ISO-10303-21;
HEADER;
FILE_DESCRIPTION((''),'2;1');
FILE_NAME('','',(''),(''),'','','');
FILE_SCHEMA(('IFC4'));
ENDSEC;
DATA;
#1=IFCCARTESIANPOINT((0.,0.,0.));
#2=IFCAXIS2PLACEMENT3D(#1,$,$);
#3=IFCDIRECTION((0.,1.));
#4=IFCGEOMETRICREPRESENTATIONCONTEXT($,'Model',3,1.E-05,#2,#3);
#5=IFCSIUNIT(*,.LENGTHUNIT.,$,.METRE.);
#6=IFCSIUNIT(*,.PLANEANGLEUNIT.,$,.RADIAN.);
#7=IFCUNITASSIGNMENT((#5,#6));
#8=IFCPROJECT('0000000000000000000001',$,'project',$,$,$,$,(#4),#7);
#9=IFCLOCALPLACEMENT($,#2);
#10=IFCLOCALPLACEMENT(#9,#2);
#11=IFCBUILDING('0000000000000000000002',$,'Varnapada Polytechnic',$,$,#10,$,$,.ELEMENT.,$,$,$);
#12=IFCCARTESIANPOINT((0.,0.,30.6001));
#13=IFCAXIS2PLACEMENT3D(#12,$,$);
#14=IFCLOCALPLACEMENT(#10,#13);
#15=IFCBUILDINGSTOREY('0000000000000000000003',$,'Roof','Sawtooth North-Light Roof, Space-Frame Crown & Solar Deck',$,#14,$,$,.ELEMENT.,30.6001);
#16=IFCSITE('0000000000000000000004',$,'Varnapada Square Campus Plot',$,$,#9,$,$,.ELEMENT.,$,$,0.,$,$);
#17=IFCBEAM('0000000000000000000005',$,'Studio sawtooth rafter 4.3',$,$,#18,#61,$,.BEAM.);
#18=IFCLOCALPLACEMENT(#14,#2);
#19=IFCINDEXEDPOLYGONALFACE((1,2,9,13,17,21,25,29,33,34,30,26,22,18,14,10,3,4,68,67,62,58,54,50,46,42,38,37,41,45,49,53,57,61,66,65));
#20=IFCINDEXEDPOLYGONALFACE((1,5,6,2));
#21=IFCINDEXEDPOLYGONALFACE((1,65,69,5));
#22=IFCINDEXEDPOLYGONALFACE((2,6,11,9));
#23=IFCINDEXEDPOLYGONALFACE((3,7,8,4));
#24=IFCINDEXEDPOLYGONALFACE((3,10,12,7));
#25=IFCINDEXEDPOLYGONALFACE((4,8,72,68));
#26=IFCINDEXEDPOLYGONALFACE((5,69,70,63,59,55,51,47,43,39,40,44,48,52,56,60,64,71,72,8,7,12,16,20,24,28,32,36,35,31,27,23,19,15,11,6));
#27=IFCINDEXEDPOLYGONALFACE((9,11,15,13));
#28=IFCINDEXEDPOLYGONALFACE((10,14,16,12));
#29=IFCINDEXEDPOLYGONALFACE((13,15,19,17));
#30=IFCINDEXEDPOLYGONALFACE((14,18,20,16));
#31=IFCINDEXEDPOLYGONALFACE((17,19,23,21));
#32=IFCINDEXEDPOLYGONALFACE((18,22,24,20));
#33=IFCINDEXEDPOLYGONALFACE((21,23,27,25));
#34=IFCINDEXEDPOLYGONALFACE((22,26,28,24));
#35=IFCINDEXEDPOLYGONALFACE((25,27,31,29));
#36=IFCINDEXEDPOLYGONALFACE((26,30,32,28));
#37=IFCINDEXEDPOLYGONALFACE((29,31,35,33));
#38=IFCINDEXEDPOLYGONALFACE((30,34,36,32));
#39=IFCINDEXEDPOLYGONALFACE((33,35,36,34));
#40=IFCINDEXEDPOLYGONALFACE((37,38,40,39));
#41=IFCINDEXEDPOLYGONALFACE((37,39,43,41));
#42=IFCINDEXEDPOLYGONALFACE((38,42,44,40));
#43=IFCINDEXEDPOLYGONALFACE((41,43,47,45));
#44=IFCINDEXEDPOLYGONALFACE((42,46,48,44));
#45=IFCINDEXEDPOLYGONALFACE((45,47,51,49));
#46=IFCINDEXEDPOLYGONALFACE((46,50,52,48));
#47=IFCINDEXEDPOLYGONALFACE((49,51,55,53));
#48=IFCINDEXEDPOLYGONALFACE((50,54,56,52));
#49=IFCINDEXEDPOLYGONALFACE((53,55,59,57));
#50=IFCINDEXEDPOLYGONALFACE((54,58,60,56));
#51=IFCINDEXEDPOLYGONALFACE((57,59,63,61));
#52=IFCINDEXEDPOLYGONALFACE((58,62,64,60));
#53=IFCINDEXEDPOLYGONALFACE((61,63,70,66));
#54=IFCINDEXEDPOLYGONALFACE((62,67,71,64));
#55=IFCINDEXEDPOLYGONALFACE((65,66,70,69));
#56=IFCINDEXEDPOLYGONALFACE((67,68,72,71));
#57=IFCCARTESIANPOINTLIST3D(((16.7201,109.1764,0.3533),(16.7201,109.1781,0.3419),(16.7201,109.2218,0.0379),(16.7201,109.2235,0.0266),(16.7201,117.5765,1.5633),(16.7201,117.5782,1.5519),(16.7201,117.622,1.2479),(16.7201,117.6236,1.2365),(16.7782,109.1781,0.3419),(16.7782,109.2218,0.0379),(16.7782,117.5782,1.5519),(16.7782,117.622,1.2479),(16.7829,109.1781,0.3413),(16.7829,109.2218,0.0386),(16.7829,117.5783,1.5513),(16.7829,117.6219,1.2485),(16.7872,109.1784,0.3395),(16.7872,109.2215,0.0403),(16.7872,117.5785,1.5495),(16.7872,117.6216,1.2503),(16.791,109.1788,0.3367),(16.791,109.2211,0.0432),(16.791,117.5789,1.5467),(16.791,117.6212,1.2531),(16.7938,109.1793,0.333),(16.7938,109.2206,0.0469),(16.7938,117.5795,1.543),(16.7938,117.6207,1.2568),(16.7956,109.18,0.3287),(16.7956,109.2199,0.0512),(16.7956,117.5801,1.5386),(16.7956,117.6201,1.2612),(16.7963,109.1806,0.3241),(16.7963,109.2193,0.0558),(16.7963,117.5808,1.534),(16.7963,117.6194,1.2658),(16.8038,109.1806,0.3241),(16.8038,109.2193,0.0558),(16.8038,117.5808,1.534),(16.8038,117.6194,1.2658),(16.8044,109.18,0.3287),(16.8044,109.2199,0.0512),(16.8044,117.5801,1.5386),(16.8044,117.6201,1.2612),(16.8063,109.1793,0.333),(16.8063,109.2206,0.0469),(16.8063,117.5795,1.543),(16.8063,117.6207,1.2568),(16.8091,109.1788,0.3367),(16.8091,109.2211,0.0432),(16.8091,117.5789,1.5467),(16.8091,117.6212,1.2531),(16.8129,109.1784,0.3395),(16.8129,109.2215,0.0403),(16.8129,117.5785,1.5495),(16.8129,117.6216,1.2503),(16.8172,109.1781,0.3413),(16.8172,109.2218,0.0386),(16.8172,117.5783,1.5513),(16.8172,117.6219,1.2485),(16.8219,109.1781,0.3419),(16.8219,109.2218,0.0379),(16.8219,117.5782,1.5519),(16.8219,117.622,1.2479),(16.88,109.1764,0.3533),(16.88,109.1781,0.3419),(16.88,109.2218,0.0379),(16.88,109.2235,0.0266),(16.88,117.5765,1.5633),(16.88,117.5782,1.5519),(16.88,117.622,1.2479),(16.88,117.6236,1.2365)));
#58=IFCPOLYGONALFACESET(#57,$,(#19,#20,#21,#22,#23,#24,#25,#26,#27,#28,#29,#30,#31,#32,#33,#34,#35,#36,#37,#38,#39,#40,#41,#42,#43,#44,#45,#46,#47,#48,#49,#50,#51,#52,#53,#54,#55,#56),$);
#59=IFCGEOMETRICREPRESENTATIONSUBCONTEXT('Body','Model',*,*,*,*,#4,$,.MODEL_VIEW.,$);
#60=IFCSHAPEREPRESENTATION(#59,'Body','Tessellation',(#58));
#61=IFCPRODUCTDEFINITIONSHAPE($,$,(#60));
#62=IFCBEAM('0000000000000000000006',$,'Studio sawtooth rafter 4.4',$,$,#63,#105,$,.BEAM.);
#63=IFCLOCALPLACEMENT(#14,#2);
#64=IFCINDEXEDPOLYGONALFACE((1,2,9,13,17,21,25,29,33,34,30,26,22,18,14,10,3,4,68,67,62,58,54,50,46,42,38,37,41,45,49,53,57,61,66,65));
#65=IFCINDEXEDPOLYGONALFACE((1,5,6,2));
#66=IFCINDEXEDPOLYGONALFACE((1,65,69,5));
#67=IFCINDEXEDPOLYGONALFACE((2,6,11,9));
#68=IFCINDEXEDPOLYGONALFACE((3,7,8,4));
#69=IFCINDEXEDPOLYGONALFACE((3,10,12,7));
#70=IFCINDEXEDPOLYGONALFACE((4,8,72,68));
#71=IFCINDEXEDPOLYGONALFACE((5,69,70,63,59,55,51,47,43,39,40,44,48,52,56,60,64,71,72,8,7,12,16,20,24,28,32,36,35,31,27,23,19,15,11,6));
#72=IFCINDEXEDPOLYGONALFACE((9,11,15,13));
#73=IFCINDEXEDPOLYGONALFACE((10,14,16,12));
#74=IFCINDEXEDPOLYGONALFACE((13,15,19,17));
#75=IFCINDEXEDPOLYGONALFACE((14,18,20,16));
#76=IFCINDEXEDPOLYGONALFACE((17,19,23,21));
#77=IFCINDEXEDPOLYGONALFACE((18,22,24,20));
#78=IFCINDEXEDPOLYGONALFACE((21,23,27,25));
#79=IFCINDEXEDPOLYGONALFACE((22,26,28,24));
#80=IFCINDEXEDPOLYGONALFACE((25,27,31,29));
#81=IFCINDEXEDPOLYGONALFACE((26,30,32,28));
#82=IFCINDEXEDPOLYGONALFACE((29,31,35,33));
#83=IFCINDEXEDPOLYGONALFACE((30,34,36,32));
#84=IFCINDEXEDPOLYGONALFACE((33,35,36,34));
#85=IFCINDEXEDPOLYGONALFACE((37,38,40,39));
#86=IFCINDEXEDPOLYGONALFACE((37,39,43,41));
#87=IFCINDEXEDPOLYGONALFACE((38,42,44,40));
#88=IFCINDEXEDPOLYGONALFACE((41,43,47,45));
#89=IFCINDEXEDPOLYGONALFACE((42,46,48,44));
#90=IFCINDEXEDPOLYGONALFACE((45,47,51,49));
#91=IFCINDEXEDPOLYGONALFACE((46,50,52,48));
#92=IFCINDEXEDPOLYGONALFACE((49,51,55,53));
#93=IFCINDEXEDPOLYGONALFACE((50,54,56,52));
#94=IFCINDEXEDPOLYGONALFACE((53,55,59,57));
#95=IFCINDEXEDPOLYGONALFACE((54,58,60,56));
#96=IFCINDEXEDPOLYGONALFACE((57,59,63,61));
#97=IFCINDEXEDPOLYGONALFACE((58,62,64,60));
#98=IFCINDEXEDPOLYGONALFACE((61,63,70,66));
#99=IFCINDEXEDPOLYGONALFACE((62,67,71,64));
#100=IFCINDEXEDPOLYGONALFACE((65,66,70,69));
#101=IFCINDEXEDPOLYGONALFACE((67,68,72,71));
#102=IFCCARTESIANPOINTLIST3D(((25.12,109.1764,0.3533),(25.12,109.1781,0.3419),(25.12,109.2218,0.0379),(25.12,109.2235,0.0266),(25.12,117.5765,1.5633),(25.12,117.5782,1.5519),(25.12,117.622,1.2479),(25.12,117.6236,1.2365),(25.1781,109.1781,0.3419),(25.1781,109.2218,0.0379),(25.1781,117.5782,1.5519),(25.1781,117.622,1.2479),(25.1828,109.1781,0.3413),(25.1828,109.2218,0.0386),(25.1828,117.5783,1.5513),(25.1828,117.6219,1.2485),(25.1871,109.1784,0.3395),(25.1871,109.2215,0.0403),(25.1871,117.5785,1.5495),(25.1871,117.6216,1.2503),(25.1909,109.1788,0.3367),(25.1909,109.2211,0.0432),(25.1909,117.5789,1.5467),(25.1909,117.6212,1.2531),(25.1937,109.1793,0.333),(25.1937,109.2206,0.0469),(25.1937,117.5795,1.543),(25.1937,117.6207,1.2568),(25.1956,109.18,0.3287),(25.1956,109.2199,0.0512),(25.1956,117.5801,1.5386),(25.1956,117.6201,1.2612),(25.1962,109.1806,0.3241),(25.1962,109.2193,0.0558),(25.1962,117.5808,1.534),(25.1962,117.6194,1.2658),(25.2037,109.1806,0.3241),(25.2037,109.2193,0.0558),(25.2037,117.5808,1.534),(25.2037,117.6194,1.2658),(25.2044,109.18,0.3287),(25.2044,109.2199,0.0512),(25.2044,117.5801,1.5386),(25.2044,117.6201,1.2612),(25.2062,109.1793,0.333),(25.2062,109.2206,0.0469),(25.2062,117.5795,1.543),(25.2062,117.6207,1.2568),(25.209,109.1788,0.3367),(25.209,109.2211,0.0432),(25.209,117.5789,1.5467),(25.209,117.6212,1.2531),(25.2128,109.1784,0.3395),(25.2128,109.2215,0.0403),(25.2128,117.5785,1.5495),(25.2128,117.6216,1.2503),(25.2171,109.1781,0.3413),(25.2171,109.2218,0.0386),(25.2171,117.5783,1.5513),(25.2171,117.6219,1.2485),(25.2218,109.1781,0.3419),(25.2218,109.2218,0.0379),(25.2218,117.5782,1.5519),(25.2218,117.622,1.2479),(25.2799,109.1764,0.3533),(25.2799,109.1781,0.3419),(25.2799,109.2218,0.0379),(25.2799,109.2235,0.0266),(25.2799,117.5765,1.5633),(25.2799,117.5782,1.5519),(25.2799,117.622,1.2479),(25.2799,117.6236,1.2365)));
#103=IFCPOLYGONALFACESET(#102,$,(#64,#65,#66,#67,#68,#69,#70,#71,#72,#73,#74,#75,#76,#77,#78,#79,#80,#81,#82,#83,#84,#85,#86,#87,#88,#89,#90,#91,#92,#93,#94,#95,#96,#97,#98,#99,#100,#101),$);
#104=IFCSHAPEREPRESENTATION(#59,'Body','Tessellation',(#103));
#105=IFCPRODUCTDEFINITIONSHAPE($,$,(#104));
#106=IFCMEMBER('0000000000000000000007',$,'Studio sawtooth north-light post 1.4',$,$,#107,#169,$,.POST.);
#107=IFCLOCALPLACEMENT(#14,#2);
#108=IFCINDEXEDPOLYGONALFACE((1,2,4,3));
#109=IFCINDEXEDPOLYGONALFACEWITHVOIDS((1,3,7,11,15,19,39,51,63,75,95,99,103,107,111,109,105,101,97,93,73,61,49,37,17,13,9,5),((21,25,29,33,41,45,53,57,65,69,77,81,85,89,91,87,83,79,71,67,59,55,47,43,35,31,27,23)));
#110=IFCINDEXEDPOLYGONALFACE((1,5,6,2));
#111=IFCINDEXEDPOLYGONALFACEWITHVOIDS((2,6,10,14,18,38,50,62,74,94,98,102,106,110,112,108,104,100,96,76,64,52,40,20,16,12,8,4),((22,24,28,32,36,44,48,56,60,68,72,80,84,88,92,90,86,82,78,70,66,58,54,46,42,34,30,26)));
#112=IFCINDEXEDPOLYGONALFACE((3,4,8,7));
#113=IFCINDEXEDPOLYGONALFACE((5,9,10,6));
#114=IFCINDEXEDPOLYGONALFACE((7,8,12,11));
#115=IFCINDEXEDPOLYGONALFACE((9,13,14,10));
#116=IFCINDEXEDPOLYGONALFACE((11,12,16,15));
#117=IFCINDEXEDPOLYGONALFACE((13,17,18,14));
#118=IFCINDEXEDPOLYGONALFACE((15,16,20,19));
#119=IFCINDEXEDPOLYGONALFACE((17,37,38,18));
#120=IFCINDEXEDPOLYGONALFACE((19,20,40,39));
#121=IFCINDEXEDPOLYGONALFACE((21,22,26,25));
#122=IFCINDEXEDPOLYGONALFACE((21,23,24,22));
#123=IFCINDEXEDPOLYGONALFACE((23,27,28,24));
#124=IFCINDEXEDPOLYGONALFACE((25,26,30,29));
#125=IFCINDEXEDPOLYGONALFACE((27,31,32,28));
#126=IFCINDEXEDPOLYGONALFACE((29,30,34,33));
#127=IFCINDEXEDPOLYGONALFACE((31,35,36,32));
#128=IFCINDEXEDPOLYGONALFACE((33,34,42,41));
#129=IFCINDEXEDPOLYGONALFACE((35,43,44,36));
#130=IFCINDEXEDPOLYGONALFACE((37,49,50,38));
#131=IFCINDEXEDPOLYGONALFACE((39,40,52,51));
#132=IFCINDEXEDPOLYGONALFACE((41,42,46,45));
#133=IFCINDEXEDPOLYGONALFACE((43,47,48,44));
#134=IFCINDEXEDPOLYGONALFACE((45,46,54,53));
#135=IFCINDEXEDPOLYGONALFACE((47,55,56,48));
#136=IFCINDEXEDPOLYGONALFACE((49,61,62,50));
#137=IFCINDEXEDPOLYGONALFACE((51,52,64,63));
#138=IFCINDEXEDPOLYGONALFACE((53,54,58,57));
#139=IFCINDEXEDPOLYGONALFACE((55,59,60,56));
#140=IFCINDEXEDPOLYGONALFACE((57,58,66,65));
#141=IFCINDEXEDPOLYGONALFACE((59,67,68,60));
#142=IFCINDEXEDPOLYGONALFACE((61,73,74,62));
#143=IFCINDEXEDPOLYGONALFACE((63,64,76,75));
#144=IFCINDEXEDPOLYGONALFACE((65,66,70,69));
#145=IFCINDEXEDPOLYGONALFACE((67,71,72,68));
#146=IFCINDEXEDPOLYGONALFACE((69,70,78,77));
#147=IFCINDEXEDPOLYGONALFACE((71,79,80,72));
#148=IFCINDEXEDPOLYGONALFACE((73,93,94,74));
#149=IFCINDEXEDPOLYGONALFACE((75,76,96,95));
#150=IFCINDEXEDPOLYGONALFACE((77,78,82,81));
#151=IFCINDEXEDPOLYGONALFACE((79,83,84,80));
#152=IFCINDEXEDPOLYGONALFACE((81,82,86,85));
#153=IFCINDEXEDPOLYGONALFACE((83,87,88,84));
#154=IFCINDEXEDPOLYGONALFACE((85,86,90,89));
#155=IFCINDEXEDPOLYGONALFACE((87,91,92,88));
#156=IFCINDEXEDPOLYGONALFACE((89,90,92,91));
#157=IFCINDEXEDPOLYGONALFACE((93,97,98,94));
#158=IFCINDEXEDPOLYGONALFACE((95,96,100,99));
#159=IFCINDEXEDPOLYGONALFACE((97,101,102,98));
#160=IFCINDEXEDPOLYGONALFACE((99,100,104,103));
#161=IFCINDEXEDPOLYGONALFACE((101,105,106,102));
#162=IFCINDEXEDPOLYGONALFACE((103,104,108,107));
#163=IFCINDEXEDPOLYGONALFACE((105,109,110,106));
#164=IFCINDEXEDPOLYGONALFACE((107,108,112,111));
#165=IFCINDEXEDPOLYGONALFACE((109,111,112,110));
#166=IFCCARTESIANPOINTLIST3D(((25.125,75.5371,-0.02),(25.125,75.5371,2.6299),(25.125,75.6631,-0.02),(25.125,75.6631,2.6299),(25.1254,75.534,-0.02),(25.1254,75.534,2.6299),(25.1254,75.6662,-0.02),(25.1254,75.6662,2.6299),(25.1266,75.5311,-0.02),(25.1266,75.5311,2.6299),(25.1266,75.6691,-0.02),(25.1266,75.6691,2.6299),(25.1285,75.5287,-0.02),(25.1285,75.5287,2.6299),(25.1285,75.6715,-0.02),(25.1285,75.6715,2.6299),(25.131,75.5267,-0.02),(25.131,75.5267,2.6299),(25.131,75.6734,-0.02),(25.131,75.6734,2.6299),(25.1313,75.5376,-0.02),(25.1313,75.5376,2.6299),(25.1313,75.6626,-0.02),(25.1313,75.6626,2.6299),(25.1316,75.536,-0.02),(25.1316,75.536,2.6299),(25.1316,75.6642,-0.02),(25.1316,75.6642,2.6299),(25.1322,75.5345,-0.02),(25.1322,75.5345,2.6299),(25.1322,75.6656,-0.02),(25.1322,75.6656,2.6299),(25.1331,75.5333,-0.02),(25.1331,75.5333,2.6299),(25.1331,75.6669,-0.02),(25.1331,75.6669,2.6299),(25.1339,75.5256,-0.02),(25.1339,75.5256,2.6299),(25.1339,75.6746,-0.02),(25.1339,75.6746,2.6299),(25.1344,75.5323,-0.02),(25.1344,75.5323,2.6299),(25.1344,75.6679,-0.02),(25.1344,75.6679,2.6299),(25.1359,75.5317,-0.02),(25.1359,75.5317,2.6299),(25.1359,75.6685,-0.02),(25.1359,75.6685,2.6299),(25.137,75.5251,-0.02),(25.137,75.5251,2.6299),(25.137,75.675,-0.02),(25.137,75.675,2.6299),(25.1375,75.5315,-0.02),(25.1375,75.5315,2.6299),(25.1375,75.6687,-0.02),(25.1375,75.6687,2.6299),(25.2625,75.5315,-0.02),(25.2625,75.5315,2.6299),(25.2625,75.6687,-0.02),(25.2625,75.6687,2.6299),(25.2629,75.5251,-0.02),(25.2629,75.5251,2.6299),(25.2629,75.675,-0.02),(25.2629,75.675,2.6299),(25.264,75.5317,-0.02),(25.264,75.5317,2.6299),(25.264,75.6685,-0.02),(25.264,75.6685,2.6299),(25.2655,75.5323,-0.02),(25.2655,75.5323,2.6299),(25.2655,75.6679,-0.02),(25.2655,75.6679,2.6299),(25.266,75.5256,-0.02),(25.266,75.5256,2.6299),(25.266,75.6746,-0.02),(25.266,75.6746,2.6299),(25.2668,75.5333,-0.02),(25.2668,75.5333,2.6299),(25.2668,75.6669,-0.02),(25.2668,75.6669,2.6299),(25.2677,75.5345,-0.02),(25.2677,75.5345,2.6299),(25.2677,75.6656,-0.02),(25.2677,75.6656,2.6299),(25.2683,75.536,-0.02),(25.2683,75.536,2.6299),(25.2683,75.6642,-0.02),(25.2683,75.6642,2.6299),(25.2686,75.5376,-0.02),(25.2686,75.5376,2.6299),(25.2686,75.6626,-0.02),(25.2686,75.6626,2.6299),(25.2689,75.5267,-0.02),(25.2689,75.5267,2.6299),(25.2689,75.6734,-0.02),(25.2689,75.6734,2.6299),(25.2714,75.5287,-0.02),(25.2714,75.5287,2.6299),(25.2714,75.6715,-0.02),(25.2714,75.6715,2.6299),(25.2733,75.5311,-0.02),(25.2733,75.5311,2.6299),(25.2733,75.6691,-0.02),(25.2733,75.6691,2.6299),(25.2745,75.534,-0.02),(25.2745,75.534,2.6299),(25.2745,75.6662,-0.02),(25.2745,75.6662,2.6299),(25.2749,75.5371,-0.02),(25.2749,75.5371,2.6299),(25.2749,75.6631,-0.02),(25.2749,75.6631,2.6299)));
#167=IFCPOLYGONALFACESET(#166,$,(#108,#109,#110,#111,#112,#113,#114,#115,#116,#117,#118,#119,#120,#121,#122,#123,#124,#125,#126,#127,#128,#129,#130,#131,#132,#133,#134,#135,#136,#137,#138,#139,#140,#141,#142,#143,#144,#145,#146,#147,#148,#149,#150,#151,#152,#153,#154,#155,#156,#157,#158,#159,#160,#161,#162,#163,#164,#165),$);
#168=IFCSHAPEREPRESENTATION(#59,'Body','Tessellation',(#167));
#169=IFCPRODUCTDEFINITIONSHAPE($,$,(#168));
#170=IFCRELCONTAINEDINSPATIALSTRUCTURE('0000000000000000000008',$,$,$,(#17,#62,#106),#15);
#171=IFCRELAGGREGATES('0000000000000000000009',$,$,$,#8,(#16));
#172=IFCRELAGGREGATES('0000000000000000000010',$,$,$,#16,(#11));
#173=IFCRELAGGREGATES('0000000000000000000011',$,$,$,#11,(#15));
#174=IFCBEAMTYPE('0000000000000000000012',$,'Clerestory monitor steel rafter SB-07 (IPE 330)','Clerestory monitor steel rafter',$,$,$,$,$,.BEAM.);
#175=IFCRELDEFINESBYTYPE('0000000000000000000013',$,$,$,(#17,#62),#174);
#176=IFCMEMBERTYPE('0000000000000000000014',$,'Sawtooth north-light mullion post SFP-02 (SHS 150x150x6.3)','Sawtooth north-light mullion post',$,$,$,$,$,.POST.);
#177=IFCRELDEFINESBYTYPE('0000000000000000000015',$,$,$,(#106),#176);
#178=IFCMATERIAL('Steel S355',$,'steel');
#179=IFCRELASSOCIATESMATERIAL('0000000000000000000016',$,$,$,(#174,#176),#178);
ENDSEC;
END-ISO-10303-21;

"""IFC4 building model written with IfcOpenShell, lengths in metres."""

from ifc_helpers import new_model, si_unit, direction, frame, origin, origin_2d, place, context, subcontext, project, spatial, hollow_rectangle, i_section, extrude, material, material_profile, profile_set, type_object, element, save


model = new_model("IFC4")

# Units and contexts
model_context = context("Model", 3, precision=1e-05, world=origin(), true_north=direction((0.0, 1.0)))
body_context = subcontext(model_context, "Body", "Model", "MODEL_VIEW")
ifc_project = project(units=[si_unit("LENGTHUNIT", "METRE"), si_unit("PLANEANGLEUNIT", "RADIAN")], contexts=[model_context])

# Site, building, storey
site_placement = place(None, origin())
site = spatial("IfcSite", under=ifc_project, at=site_placement, Name="Varnapada Square Campus Plot", CompositionType="ELEMENT", RefElevation=0.0)
building_placement = place(site_placement, origin())
building = spatial("IfcBuilding", under=site, at=building_placement, Name="Varnapada Polytechnic", CompositionType="ELEMENT")
storey_placement = place(building_placement, frame((0.0, 0.0, 30.6001)))
storey = spatial("IfcBuildingStorey", under=building, at=storey_placement, Name="Roof", Description="Sawtooth North-Light Roof, Space-Frame Crown & Solar Deck", CompositionType="ELEMENT", Elevation=30.6001)

# Beams
ifc_material = material(Name="Steel S355", Category="steel")
ifc_material_profile_1 = material_profile(ifc_material, i_section(OverallWidth=0.1599, OverallDepth=0.3301, WebThickness=0.0076, FlangeThickness=0.0115, FilletRadius=0.0181, at=origin_2d()), Name="IPE 330")
ifc_profile_set_1 = profile_set([ifc_material_profile_1], Name="Steel S355")
beam_type_1 = type_object("IfcBeamType", Name="Clerestory monitor steel rafter SB-07 (IPE 330)", Description="Clerestory monitor steel rafter", PredefinedType="BEAM", material=ifc_profile_set_1)
for number, where, z_axis, x_axis, name in (
    (1, (16.8, 109.2, 0.1899), (0.0, 0.989785, 0.142569), (-1.0, 0.0, 0.0), "Studio sawtooth rafter 4.3"),
    (2, (25.2, 109.2, 0.1899), (0.0, 0.989785, 0.142569), (-1.0, 0.0, 0.0), "Studio sawtooth rafter 4.4"),
):
    element("IfcBeam", number, at=place(storey_placement, frame(where, z_axis=z_axis, x_axis=x_axis)), inside=storey, type_object=beam_type_1, Name=name, PredefinedType="BEAM", context=body_context, shape_type="SweptSolid", body=[
        extrude(i_section(OverallWidth=0.1599, OverallDepth=0.3301, WebThickness=0.0076, FlangeThickness=0.0115, FilletRadius=0.0181, at=origin_2d()), origin(), (0.0, 0.0, 1.0), 8.4868),
    ])

# Member
ifc_material_profile_2 = material_profile(ifc_material, hollow_rectangle(XDim=0.1499, YDim=0.1499, WallThickness=0.0063, InnerFilletRadius=0.0061, OuterFilletRadius=0.012, at=origin_2d()), Name="SHS 150x150x6.3")
ifc_profile_set_2 = profile_set([ifc_material_profile_2], Name="Steel S355")
member_type = type_object("IfcMemberType", Name="Sawtooth north-light mullion post SFP-02 (SHS 150x150x6.3)", Description="Sawtooth north-light mullion post", PredefinedType="POST", material=ifc_profile_set_2)
for number, where, z_axis, x_axis, name in (
    (3, (25.2, 75.6001, -0.02), (0.0, 0.0, 1.0), (1.0, 0.0, 0.0), "Studio sawtooth north-light post 1.4"),
):
    element("IfcMember", number, at=place(storey_placement, frame(where, z_axis=z_axis, x_axis=x_axis)), inside=storey, type_object=member_type, Name=name, PredefinedType="POST", context=body_context, shape_type="SweptSolid", body=[
        extrude(hollow_rectangle(XDim=0.1499, YDim=0.1499, WallThickness=0.0063, InnerFilletRadius=0.0061, OuterFilletRadius=0.012, at=origin_2d()), origin(), (0.0, 0.0, 1.0), 2.6499),
    ])

save(model, "model.ifc")
